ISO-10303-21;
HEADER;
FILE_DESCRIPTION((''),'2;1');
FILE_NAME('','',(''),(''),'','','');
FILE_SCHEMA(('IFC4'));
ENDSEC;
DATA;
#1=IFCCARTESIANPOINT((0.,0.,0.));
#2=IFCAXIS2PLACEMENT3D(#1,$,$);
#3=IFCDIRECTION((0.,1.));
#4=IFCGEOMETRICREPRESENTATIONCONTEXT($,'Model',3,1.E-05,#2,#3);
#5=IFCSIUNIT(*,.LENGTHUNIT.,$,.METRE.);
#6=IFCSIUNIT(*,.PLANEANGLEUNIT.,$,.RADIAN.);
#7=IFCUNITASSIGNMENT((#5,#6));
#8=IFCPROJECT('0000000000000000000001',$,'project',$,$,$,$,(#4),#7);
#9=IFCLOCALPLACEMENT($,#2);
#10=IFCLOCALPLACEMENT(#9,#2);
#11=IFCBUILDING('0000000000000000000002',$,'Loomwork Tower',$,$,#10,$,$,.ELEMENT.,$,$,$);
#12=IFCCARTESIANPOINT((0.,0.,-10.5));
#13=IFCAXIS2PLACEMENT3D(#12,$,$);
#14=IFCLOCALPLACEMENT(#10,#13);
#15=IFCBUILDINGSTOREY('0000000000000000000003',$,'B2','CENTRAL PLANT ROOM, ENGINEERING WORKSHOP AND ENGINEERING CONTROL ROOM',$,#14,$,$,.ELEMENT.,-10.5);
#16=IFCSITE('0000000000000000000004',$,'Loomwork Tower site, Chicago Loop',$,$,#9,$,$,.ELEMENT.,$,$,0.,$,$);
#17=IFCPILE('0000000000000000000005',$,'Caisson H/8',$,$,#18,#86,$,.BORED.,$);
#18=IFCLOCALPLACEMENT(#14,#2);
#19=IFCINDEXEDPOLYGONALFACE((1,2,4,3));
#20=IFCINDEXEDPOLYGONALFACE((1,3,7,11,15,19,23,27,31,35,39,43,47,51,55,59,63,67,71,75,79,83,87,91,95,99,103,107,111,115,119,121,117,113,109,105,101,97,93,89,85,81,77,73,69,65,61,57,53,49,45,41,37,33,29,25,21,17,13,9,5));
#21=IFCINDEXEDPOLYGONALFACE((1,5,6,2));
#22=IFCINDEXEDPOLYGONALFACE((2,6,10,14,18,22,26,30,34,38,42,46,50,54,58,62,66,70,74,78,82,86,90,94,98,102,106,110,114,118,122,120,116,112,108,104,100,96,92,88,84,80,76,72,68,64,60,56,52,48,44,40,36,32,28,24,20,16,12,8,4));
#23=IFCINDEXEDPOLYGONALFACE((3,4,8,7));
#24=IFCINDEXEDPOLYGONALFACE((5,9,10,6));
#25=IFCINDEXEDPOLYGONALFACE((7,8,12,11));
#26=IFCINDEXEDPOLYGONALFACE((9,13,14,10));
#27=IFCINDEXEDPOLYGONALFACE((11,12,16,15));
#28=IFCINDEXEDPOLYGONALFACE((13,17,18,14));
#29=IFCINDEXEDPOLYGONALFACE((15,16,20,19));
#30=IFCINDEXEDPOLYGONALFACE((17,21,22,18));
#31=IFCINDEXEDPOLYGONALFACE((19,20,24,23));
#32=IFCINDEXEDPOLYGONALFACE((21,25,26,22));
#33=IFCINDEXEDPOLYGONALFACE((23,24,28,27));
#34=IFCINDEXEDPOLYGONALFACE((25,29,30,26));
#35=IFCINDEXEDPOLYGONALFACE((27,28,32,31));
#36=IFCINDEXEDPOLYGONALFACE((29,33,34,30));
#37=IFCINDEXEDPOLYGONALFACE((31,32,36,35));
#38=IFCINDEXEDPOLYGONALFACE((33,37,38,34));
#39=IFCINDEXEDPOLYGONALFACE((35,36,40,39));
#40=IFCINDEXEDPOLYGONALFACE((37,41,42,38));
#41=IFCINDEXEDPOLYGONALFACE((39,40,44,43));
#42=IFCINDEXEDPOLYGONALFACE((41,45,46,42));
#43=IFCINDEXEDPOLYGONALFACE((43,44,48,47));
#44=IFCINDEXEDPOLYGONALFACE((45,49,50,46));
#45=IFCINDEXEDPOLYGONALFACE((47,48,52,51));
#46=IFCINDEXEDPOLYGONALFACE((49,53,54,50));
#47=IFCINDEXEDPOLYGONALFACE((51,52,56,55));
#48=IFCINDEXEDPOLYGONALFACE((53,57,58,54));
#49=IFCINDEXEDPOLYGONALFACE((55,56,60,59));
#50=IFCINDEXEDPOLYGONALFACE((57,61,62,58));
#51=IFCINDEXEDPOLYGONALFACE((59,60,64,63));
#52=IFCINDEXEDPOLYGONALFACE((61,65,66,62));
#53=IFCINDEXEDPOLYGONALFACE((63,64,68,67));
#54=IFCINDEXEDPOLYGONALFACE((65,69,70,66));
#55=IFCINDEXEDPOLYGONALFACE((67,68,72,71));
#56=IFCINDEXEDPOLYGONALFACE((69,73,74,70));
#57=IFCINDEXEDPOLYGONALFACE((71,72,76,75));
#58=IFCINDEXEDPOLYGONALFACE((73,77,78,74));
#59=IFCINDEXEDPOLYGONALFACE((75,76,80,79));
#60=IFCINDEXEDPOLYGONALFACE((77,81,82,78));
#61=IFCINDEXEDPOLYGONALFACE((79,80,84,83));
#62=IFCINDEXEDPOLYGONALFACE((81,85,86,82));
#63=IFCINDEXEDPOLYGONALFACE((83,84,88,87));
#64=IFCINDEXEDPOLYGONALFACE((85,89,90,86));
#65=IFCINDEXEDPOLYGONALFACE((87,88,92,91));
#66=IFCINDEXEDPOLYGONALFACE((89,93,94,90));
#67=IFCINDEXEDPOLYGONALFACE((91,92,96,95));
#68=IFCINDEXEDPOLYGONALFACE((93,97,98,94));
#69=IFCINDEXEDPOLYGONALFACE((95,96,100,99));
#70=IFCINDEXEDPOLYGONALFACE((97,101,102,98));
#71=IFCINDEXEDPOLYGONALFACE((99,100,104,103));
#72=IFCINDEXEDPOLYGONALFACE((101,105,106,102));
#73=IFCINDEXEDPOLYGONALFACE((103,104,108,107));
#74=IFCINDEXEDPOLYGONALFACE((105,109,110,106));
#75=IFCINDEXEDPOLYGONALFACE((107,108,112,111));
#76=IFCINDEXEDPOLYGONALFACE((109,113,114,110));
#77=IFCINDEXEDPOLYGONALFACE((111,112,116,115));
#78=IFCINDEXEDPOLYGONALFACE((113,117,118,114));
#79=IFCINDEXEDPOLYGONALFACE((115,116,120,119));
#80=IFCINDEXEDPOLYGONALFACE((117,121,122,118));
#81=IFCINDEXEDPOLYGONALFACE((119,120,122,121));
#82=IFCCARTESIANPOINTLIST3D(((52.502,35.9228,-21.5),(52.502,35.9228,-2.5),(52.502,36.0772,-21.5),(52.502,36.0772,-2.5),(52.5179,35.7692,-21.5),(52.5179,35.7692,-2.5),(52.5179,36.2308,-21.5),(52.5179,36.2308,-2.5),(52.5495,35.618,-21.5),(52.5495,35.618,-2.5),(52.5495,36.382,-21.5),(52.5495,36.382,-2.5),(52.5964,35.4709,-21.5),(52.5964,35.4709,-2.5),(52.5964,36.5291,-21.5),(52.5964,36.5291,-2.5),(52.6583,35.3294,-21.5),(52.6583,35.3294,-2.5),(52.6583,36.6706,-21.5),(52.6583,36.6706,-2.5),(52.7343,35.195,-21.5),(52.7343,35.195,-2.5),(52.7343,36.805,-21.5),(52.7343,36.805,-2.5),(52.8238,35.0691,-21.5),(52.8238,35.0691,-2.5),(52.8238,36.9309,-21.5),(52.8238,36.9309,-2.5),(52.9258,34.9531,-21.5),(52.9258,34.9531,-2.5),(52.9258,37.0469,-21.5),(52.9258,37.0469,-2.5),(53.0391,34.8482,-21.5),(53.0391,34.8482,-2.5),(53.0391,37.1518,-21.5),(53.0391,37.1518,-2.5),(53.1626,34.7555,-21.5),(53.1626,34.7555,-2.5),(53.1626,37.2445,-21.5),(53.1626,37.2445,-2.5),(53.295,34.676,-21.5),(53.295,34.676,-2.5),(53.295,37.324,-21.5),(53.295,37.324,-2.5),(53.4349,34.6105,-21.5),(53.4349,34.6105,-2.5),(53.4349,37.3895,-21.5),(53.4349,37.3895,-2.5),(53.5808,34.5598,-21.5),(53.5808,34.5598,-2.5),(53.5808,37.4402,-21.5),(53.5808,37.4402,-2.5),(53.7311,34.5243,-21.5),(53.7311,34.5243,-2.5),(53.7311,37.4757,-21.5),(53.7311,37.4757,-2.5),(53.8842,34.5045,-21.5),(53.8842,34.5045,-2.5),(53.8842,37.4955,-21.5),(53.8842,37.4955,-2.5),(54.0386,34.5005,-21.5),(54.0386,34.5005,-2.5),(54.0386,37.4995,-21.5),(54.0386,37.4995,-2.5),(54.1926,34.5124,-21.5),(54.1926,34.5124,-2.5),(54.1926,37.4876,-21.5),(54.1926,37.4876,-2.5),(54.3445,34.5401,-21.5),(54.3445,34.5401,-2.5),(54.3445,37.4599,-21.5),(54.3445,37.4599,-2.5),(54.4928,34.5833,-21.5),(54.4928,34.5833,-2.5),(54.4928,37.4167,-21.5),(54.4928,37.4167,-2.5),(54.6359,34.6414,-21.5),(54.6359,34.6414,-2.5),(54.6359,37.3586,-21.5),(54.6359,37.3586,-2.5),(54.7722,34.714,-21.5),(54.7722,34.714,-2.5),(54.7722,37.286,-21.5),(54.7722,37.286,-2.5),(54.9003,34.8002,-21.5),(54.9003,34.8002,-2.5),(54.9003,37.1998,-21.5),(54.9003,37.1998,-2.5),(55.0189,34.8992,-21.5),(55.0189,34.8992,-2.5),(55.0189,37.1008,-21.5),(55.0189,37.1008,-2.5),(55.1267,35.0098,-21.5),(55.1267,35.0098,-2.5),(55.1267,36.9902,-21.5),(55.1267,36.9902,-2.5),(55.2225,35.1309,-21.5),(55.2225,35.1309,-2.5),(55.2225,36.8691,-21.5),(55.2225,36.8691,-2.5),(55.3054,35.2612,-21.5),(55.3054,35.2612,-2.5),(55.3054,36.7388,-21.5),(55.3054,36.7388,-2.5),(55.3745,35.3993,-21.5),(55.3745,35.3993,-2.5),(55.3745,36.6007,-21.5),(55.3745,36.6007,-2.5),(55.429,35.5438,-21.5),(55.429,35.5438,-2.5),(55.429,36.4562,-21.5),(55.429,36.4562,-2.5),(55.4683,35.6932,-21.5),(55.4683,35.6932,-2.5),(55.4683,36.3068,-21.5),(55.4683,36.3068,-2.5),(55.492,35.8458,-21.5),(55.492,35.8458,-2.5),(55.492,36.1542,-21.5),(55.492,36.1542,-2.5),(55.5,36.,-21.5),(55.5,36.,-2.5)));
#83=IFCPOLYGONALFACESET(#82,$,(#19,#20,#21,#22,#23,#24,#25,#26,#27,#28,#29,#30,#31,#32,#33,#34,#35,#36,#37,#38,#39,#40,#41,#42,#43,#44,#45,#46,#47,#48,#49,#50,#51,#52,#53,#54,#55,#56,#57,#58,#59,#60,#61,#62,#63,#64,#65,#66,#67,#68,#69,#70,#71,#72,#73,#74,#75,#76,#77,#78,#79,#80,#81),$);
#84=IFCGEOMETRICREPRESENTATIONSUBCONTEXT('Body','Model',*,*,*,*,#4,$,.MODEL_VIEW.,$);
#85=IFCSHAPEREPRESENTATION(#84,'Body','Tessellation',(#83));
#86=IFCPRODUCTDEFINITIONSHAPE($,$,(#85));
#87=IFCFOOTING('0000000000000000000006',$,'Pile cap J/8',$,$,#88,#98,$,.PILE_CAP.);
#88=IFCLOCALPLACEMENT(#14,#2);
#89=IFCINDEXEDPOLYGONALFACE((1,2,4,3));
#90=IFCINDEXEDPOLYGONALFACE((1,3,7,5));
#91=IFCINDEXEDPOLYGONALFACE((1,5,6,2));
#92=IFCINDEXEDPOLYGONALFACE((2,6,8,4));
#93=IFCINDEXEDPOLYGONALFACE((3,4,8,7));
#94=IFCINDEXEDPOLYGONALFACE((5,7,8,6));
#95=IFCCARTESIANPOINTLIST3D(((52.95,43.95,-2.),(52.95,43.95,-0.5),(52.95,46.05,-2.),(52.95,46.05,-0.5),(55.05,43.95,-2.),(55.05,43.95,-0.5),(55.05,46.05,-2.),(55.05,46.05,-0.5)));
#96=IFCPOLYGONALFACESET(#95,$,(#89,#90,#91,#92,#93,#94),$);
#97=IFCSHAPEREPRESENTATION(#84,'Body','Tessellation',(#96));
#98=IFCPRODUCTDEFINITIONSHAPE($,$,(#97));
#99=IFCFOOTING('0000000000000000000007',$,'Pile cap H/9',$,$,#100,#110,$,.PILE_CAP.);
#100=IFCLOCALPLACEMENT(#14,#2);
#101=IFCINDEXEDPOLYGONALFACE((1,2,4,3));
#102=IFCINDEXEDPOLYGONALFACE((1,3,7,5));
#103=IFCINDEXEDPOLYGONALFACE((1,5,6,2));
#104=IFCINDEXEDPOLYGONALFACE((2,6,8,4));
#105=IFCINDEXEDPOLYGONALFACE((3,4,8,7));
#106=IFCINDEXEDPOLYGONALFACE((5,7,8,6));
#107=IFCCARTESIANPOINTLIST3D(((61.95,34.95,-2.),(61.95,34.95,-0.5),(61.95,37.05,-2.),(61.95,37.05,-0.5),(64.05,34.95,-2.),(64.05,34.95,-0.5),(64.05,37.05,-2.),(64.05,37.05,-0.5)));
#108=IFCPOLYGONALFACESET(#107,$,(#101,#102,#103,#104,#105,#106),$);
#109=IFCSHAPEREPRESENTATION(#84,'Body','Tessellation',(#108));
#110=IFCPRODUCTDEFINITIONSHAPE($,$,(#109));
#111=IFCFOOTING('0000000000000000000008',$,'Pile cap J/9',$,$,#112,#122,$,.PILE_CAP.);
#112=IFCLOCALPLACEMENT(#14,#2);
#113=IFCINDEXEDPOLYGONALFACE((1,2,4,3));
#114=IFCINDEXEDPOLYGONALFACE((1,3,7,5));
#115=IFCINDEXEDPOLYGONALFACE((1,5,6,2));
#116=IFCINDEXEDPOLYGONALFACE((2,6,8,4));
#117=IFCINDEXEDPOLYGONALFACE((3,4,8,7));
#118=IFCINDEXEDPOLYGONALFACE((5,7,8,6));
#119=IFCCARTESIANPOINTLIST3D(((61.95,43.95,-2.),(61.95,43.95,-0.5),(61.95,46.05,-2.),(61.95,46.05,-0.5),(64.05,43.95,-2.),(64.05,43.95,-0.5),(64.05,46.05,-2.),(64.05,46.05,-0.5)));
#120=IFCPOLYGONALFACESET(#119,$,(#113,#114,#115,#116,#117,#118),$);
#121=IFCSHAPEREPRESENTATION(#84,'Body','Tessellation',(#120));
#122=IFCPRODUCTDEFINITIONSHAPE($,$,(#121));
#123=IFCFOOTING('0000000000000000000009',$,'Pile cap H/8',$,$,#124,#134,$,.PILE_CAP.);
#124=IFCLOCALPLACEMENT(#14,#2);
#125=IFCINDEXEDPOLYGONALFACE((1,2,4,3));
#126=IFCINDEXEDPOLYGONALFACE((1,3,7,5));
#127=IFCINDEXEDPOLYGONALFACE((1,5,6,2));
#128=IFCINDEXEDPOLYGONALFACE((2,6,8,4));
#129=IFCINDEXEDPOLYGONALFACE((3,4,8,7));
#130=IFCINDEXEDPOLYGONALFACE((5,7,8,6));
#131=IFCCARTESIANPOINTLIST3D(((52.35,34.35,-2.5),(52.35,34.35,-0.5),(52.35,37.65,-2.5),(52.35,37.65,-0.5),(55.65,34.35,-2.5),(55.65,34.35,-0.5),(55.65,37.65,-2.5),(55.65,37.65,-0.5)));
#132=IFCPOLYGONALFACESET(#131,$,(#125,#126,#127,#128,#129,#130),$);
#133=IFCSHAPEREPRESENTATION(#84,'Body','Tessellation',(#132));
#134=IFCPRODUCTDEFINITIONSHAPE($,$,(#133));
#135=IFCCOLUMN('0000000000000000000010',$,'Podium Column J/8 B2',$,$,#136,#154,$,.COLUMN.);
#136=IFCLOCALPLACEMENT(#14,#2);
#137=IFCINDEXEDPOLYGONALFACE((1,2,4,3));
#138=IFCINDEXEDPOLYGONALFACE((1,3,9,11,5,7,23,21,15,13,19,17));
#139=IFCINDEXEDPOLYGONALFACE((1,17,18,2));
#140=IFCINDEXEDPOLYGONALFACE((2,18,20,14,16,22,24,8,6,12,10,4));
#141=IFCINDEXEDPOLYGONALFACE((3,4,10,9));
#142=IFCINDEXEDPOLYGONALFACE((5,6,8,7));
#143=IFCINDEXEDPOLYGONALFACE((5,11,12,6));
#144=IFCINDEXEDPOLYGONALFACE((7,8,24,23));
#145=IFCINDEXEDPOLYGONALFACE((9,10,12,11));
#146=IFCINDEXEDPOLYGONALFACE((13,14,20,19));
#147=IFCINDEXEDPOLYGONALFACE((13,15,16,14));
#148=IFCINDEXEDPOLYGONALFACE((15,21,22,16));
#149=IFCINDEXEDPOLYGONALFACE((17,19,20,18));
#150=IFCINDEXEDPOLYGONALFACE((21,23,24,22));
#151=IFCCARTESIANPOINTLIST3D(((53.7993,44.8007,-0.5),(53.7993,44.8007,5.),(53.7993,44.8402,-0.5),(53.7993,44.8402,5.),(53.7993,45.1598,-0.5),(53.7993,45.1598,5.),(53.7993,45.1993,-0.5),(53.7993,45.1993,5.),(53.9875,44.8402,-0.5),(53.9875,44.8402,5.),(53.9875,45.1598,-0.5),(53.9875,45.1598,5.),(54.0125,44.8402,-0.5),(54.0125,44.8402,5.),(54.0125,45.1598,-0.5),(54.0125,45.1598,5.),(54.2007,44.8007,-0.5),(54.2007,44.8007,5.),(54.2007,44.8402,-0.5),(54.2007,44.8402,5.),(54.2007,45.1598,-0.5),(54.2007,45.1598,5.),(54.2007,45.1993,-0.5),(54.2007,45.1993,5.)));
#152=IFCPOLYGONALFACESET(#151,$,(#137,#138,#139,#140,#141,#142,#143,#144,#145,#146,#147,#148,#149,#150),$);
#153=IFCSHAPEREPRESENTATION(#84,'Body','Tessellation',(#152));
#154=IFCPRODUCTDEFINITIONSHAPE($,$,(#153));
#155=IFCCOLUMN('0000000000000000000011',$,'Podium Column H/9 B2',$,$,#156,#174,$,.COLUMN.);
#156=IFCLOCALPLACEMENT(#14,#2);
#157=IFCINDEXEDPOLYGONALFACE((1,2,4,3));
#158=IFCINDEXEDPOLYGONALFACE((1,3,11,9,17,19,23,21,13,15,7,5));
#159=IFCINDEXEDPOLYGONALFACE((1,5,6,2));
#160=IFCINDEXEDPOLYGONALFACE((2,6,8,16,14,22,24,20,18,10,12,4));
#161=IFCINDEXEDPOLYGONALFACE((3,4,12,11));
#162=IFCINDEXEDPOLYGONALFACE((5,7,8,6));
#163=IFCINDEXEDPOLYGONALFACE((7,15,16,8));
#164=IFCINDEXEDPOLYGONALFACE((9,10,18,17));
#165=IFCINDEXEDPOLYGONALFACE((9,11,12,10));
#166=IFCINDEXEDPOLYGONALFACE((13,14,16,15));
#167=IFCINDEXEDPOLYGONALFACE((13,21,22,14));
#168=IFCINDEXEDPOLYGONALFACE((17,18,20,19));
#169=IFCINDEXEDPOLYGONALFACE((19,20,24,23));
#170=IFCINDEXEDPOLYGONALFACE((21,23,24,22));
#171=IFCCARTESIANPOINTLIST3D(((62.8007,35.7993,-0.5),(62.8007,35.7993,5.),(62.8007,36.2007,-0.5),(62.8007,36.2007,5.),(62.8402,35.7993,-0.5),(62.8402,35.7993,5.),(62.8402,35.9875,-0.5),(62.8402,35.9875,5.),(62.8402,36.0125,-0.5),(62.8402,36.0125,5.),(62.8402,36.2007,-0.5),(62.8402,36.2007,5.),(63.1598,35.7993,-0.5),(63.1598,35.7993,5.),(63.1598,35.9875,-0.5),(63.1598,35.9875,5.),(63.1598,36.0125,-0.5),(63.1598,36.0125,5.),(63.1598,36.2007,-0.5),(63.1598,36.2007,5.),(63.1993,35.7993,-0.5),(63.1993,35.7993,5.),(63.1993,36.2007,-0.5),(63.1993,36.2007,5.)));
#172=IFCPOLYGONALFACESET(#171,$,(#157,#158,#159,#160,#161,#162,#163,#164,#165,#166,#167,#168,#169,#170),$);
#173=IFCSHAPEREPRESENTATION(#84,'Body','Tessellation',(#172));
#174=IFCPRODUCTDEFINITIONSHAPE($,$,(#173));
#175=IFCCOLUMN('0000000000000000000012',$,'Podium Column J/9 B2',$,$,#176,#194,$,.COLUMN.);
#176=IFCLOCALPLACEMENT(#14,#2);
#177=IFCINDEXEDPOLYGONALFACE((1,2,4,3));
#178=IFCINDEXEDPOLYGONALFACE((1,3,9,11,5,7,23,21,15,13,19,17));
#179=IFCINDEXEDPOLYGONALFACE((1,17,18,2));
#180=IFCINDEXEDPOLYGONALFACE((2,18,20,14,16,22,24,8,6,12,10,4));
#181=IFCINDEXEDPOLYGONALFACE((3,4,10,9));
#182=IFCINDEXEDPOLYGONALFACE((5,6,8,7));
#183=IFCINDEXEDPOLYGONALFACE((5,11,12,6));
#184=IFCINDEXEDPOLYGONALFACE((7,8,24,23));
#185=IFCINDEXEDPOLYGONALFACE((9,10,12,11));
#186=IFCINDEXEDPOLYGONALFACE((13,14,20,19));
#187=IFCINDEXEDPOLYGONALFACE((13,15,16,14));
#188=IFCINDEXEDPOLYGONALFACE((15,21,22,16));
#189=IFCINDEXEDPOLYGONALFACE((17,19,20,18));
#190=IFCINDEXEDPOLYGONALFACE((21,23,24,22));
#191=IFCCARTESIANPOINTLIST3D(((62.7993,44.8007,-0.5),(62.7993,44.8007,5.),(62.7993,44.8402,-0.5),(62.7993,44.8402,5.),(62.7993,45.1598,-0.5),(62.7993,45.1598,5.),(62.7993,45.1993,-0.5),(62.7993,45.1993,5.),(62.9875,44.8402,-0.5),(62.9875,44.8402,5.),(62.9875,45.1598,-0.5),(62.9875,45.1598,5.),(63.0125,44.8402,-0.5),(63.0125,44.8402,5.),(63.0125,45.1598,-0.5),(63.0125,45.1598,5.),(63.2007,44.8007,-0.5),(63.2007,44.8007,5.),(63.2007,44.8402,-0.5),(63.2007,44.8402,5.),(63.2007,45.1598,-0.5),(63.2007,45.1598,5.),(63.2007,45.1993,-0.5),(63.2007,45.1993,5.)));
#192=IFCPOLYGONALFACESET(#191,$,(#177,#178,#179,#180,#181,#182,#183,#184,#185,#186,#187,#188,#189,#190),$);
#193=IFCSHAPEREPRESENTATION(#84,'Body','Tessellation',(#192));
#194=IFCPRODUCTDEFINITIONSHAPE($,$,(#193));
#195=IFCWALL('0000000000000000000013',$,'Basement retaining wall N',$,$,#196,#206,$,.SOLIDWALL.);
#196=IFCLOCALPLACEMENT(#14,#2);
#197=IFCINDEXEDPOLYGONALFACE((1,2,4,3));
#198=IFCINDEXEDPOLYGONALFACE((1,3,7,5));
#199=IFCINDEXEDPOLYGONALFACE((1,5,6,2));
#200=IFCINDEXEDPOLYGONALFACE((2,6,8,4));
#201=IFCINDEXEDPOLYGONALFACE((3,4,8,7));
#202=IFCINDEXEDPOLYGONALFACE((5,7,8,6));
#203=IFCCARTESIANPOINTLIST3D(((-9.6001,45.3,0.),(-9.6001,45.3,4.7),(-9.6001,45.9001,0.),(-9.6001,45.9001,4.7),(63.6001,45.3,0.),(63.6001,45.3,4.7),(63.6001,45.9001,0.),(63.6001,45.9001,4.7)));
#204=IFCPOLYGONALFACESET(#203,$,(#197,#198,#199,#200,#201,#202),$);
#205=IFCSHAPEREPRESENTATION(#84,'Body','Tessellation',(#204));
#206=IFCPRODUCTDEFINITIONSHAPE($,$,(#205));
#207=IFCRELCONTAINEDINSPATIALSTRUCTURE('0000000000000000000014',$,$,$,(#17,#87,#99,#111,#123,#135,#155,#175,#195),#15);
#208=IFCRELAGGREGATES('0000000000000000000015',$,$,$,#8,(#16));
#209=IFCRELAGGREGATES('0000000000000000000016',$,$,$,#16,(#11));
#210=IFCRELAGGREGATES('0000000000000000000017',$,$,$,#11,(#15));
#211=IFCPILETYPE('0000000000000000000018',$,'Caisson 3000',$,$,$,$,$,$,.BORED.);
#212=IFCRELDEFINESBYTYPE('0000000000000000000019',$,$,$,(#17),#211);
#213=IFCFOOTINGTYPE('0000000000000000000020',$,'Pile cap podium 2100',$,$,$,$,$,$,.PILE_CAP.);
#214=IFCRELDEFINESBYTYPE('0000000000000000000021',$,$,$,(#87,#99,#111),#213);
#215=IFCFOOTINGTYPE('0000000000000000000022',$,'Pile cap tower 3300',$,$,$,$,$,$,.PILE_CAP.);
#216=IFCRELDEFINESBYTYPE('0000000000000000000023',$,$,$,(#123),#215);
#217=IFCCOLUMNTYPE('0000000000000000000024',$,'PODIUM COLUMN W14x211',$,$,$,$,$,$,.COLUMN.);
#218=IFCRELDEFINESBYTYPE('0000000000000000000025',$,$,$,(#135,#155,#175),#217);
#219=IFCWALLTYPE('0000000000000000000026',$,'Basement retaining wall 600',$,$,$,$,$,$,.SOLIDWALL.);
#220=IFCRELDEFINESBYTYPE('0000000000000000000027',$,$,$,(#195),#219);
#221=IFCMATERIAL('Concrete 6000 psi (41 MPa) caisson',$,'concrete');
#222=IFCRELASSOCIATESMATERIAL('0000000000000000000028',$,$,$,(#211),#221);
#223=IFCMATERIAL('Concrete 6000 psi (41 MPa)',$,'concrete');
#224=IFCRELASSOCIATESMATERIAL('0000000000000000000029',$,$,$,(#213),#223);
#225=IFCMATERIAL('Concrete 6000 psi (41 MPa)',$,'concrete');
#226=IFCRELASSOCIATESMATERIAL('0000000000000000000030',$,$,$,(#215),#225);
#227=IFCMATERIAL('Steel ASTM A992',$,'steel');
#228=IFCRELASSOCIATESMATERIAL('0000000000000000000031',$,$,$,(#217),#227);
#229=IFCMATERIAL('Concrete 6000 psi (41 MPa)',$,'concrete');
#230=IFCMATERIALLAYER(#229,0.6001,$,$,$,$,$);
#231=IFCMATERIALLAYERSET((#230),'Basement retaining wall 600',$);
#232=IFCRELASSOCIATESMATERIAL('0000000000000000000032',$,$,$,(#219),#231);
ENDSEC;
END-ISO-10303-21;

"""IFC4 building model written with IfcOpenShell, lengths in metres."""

from ifc_helpers import new_model, si_unit, direction, frame, frame_2d, origin, origin_2d, place, context, subcontext, project, spatial, rectangle, circle, i_section, extrude, material, layer, layer_set, material_profile, profile_set, type_object, element, save


model = new_model("IFC4")

# Units and contexts
model_context = context("Model", 3, precision=1e-05, world=origin(), true_north=direction((0.0, 1.0)))
body_context = subcontext(model_context, "Body", "Model", "MODEL_VIEW")
ifc_project = project(units=[si_unit("LENGTHUNIT", "METRE"), si_unit("PLANEANGLEUNIT", "RADIAN")], contexts=[model_context])

# Site, building, storey
site_placement = place(None, origin())
site = spatial("IfcSite", under=ifc_project, at=site_placement, Name="Loomwork Tower site, Chicago Loop", CompositionType="ELEMENT", RefElevation=0.0)
building_placement = place(site_placement, origin())
building = spatial("IfcBuilding", under=site, at=building_placement, Name="Loomwork Tower", CompositionType="ELEMENT")
storey_placement = place(building_placement, frame((0.0, 0.0, -10.5)))
storey = spatial("IfcBuildingStorey", under=building, at=storey_placement, Name="B2", Description="CENTRAL PLANT ROOM, ENGINEERING WORKSHOP AND ENGINEERING CONTROL ROOM", CompositionType="ELEMENT", Elevation=-10.5)

# Pile
ifc_material_1 = material(Name="Concrete 6000 psi (41 MPa) caisson", Category="concrete")
ifc_material_profile_1 = material_profile(ifc_material_1, circle(Radius=1.5, at=origin_2d()), Name="D3000")
ifc_profile_set_1 = profile_set([ifc_material_profile_1], Name="Concrete 6000 psi (41 MPa) caisson")
pile_type_1 = type_object("IfcPileType", Name="Caisson 3000", PredefinedType="BORED", material=ifc_profile_set_1)
pile_placement = place(storey_placement, frame((54.0, 36.0, -2.5), z_axis=(0.0, 0.0, -1.0), x_axis=(1.0, 0.0, 0.0)))
element("IfcPile", 1, at=pile_placement, inside=storey, type_object=pile_type_1, Name="Caisson H/8", PredefinedType="BORED", context=body_context, shape_type="SweptSolid", body=[
    extrude(circle(Radius=1.5, at=origin_2d()), origin(), (0.0, 0.0, 1.0), 19.0),
])

# Footings
ifc_material_2 = material(Name="Concrete 6000 psi (41 MPa)", Category="concrete")
footing_type_1 = type_object("IfcFootingType", Name="Pile cap podium 2100", PredefinedType="PILE_CAP", material=ifc_material_2)
for number, where, z_axis, x_axis, name in (
    (2, (54.0, 45.0, -2.0), (0.0, 0.0, 1.0), (1.0, 0.0, 0.0), "Pile cap J/8"),
    (3, (63.0, 36.0, -2.0), (0.0, 0.0, 1.0), (1.0, 0.0, 0.0), "Pile cap H/9"),
    (4, (63.0, 45.0, -2.0), (0.0, 0.0, 1.0), (1.0, 0.0, 0.0), "Pile cap J/9"),
):
    element("IfcFooting", number, at=place(storey_placement, frame(where, z_axis=z_axis, x_axis=x_axis)), inside=storey, type_object=footing_type_1, Name=name, PredefinedType="PILE_CAP", context=body_context, shape_type="SweptSolid", body=[
        extrude(rectangle(XDim=2.1001, YDim=2.1001, at=origin_2d()), origin(), (0.0, 0.0, 1.0), 1.5),
    ])
ifc_material_3 = material(Name="Concrete 6000 psi (41 MPa)", Category="concrete")
footing_type_2 = type_object("IfcFootingType", Name="Pile cap tower 3300", PredefinedType="PILE_CAP", material=ifc_material_3)
footing_placement = place(storey_placement, frame((54.0, 36.0, -2.5), z_axis=(0.0, 0.0, 1.0), x_axis=(1.0, 0.0, 0.0)))
element("IfcFooting", 5, at=footing_placement, inside=storey, type_object=footing_type_2, Name="Pile cap H/8", PredefinedType="PILE_CAP", context=body_context, shape_type="SweptSolid", body=[
    extrude(rectangle(XDim=3.3, YDim=3.3, at=origin_2d()), origin(), (0.0, 0.0, 1.0), 2.0),
])

# Columns
ifc_material_4 = material(Name="Steel ASTM A992", Category="steel")
ifc_material_profile_2 = material_profile(ifc_material_4, i_section(OverallWidth=0.4014, OverallDepth=0.3987, WebThickness=0.0249, FlangeThickness=0.0396, at=origin_2d()), Name="W14x211")
ifc_profile_set_2 = profile_set([ifc_material_profile_2], Name="Steel ASTM A992")
column_type = type_object("IfcColumnType", Name="PODIUM COLUMN W14x211", PredefinedType="COLUMN", material=ifc_profile_set_2)
for number, where, z_axis, x_axis, name in (
    (6, (54.0, 45.0, -0.5), (0.0, 0.0, 1.0), (1.0, 0.0, 0.0), "Podium Column J/8 B2"),
    (7, (63.0, 36.0, -0.5), (0.0, 0.0, 1.0), (0.0, 1.0, 0.0), "Podium Column H/9 B2"),
    (8, (63.0, 45.0, -0.5), (0.0, 0.0, 1.0), (1.0, 0.0, 0.0), "Podium Column J/9 B2"),
):
    element("IfcColumn", number, at=place(storey_placement, frame(where, z_axis=z_axis, x_axis=x_axis)), inside=storey, type_object=column_type, Name=name, PredefinedType="COLUMN", context=body_context, shape_type="SweptSolid", body=[
        extrude(i_section(OverallWidth=0.4014, OverallDepth=0.3987, WebThickness=0.0249, FlangeThickness=0.0396, at=origin_2d()), origin(), (0.0, 0.0, 1.0), 5.5),
    ])

# Wall
ifc_material_5 = material(Name="Concrete 6000 psi (41 MPa)", Category="concrete")
ifc_layer_1 = layer(ifc_material_5, 0.6001)
ifc_layer_set_1 = layer_set([ifc_layer_1], Name="Basement retaining wall 600")
wall_type_1 = type_object("IfcWallType", Name="Basement retaining wall 600", PredefinedType="SOLIDWALL", material=ifc_layer_set_1)
wall_1_placement = place(storey_placement, frame((63.6001, 45.6001, 0.0), z_axis=(0.0, 0.0, 1.0), x_axis=(-1.0, 0.0, 0.0)))
element("IfcWall", 9, at=wall_1_placement, inside=storey, type_object=wall_type_1, Name="Basement retaining wall N", PredefinedType="SOLIDWALL", context=body_context, shape_type="SweptSolid", body=[
    extrude(rectangle(XDim=73.2002, YDim=0.6001, at=frame_2d((36.6001, 0.0))), origin(), (0.0, 0.0, 1.0), 4.7),
])

save(model, "model.ifc")
